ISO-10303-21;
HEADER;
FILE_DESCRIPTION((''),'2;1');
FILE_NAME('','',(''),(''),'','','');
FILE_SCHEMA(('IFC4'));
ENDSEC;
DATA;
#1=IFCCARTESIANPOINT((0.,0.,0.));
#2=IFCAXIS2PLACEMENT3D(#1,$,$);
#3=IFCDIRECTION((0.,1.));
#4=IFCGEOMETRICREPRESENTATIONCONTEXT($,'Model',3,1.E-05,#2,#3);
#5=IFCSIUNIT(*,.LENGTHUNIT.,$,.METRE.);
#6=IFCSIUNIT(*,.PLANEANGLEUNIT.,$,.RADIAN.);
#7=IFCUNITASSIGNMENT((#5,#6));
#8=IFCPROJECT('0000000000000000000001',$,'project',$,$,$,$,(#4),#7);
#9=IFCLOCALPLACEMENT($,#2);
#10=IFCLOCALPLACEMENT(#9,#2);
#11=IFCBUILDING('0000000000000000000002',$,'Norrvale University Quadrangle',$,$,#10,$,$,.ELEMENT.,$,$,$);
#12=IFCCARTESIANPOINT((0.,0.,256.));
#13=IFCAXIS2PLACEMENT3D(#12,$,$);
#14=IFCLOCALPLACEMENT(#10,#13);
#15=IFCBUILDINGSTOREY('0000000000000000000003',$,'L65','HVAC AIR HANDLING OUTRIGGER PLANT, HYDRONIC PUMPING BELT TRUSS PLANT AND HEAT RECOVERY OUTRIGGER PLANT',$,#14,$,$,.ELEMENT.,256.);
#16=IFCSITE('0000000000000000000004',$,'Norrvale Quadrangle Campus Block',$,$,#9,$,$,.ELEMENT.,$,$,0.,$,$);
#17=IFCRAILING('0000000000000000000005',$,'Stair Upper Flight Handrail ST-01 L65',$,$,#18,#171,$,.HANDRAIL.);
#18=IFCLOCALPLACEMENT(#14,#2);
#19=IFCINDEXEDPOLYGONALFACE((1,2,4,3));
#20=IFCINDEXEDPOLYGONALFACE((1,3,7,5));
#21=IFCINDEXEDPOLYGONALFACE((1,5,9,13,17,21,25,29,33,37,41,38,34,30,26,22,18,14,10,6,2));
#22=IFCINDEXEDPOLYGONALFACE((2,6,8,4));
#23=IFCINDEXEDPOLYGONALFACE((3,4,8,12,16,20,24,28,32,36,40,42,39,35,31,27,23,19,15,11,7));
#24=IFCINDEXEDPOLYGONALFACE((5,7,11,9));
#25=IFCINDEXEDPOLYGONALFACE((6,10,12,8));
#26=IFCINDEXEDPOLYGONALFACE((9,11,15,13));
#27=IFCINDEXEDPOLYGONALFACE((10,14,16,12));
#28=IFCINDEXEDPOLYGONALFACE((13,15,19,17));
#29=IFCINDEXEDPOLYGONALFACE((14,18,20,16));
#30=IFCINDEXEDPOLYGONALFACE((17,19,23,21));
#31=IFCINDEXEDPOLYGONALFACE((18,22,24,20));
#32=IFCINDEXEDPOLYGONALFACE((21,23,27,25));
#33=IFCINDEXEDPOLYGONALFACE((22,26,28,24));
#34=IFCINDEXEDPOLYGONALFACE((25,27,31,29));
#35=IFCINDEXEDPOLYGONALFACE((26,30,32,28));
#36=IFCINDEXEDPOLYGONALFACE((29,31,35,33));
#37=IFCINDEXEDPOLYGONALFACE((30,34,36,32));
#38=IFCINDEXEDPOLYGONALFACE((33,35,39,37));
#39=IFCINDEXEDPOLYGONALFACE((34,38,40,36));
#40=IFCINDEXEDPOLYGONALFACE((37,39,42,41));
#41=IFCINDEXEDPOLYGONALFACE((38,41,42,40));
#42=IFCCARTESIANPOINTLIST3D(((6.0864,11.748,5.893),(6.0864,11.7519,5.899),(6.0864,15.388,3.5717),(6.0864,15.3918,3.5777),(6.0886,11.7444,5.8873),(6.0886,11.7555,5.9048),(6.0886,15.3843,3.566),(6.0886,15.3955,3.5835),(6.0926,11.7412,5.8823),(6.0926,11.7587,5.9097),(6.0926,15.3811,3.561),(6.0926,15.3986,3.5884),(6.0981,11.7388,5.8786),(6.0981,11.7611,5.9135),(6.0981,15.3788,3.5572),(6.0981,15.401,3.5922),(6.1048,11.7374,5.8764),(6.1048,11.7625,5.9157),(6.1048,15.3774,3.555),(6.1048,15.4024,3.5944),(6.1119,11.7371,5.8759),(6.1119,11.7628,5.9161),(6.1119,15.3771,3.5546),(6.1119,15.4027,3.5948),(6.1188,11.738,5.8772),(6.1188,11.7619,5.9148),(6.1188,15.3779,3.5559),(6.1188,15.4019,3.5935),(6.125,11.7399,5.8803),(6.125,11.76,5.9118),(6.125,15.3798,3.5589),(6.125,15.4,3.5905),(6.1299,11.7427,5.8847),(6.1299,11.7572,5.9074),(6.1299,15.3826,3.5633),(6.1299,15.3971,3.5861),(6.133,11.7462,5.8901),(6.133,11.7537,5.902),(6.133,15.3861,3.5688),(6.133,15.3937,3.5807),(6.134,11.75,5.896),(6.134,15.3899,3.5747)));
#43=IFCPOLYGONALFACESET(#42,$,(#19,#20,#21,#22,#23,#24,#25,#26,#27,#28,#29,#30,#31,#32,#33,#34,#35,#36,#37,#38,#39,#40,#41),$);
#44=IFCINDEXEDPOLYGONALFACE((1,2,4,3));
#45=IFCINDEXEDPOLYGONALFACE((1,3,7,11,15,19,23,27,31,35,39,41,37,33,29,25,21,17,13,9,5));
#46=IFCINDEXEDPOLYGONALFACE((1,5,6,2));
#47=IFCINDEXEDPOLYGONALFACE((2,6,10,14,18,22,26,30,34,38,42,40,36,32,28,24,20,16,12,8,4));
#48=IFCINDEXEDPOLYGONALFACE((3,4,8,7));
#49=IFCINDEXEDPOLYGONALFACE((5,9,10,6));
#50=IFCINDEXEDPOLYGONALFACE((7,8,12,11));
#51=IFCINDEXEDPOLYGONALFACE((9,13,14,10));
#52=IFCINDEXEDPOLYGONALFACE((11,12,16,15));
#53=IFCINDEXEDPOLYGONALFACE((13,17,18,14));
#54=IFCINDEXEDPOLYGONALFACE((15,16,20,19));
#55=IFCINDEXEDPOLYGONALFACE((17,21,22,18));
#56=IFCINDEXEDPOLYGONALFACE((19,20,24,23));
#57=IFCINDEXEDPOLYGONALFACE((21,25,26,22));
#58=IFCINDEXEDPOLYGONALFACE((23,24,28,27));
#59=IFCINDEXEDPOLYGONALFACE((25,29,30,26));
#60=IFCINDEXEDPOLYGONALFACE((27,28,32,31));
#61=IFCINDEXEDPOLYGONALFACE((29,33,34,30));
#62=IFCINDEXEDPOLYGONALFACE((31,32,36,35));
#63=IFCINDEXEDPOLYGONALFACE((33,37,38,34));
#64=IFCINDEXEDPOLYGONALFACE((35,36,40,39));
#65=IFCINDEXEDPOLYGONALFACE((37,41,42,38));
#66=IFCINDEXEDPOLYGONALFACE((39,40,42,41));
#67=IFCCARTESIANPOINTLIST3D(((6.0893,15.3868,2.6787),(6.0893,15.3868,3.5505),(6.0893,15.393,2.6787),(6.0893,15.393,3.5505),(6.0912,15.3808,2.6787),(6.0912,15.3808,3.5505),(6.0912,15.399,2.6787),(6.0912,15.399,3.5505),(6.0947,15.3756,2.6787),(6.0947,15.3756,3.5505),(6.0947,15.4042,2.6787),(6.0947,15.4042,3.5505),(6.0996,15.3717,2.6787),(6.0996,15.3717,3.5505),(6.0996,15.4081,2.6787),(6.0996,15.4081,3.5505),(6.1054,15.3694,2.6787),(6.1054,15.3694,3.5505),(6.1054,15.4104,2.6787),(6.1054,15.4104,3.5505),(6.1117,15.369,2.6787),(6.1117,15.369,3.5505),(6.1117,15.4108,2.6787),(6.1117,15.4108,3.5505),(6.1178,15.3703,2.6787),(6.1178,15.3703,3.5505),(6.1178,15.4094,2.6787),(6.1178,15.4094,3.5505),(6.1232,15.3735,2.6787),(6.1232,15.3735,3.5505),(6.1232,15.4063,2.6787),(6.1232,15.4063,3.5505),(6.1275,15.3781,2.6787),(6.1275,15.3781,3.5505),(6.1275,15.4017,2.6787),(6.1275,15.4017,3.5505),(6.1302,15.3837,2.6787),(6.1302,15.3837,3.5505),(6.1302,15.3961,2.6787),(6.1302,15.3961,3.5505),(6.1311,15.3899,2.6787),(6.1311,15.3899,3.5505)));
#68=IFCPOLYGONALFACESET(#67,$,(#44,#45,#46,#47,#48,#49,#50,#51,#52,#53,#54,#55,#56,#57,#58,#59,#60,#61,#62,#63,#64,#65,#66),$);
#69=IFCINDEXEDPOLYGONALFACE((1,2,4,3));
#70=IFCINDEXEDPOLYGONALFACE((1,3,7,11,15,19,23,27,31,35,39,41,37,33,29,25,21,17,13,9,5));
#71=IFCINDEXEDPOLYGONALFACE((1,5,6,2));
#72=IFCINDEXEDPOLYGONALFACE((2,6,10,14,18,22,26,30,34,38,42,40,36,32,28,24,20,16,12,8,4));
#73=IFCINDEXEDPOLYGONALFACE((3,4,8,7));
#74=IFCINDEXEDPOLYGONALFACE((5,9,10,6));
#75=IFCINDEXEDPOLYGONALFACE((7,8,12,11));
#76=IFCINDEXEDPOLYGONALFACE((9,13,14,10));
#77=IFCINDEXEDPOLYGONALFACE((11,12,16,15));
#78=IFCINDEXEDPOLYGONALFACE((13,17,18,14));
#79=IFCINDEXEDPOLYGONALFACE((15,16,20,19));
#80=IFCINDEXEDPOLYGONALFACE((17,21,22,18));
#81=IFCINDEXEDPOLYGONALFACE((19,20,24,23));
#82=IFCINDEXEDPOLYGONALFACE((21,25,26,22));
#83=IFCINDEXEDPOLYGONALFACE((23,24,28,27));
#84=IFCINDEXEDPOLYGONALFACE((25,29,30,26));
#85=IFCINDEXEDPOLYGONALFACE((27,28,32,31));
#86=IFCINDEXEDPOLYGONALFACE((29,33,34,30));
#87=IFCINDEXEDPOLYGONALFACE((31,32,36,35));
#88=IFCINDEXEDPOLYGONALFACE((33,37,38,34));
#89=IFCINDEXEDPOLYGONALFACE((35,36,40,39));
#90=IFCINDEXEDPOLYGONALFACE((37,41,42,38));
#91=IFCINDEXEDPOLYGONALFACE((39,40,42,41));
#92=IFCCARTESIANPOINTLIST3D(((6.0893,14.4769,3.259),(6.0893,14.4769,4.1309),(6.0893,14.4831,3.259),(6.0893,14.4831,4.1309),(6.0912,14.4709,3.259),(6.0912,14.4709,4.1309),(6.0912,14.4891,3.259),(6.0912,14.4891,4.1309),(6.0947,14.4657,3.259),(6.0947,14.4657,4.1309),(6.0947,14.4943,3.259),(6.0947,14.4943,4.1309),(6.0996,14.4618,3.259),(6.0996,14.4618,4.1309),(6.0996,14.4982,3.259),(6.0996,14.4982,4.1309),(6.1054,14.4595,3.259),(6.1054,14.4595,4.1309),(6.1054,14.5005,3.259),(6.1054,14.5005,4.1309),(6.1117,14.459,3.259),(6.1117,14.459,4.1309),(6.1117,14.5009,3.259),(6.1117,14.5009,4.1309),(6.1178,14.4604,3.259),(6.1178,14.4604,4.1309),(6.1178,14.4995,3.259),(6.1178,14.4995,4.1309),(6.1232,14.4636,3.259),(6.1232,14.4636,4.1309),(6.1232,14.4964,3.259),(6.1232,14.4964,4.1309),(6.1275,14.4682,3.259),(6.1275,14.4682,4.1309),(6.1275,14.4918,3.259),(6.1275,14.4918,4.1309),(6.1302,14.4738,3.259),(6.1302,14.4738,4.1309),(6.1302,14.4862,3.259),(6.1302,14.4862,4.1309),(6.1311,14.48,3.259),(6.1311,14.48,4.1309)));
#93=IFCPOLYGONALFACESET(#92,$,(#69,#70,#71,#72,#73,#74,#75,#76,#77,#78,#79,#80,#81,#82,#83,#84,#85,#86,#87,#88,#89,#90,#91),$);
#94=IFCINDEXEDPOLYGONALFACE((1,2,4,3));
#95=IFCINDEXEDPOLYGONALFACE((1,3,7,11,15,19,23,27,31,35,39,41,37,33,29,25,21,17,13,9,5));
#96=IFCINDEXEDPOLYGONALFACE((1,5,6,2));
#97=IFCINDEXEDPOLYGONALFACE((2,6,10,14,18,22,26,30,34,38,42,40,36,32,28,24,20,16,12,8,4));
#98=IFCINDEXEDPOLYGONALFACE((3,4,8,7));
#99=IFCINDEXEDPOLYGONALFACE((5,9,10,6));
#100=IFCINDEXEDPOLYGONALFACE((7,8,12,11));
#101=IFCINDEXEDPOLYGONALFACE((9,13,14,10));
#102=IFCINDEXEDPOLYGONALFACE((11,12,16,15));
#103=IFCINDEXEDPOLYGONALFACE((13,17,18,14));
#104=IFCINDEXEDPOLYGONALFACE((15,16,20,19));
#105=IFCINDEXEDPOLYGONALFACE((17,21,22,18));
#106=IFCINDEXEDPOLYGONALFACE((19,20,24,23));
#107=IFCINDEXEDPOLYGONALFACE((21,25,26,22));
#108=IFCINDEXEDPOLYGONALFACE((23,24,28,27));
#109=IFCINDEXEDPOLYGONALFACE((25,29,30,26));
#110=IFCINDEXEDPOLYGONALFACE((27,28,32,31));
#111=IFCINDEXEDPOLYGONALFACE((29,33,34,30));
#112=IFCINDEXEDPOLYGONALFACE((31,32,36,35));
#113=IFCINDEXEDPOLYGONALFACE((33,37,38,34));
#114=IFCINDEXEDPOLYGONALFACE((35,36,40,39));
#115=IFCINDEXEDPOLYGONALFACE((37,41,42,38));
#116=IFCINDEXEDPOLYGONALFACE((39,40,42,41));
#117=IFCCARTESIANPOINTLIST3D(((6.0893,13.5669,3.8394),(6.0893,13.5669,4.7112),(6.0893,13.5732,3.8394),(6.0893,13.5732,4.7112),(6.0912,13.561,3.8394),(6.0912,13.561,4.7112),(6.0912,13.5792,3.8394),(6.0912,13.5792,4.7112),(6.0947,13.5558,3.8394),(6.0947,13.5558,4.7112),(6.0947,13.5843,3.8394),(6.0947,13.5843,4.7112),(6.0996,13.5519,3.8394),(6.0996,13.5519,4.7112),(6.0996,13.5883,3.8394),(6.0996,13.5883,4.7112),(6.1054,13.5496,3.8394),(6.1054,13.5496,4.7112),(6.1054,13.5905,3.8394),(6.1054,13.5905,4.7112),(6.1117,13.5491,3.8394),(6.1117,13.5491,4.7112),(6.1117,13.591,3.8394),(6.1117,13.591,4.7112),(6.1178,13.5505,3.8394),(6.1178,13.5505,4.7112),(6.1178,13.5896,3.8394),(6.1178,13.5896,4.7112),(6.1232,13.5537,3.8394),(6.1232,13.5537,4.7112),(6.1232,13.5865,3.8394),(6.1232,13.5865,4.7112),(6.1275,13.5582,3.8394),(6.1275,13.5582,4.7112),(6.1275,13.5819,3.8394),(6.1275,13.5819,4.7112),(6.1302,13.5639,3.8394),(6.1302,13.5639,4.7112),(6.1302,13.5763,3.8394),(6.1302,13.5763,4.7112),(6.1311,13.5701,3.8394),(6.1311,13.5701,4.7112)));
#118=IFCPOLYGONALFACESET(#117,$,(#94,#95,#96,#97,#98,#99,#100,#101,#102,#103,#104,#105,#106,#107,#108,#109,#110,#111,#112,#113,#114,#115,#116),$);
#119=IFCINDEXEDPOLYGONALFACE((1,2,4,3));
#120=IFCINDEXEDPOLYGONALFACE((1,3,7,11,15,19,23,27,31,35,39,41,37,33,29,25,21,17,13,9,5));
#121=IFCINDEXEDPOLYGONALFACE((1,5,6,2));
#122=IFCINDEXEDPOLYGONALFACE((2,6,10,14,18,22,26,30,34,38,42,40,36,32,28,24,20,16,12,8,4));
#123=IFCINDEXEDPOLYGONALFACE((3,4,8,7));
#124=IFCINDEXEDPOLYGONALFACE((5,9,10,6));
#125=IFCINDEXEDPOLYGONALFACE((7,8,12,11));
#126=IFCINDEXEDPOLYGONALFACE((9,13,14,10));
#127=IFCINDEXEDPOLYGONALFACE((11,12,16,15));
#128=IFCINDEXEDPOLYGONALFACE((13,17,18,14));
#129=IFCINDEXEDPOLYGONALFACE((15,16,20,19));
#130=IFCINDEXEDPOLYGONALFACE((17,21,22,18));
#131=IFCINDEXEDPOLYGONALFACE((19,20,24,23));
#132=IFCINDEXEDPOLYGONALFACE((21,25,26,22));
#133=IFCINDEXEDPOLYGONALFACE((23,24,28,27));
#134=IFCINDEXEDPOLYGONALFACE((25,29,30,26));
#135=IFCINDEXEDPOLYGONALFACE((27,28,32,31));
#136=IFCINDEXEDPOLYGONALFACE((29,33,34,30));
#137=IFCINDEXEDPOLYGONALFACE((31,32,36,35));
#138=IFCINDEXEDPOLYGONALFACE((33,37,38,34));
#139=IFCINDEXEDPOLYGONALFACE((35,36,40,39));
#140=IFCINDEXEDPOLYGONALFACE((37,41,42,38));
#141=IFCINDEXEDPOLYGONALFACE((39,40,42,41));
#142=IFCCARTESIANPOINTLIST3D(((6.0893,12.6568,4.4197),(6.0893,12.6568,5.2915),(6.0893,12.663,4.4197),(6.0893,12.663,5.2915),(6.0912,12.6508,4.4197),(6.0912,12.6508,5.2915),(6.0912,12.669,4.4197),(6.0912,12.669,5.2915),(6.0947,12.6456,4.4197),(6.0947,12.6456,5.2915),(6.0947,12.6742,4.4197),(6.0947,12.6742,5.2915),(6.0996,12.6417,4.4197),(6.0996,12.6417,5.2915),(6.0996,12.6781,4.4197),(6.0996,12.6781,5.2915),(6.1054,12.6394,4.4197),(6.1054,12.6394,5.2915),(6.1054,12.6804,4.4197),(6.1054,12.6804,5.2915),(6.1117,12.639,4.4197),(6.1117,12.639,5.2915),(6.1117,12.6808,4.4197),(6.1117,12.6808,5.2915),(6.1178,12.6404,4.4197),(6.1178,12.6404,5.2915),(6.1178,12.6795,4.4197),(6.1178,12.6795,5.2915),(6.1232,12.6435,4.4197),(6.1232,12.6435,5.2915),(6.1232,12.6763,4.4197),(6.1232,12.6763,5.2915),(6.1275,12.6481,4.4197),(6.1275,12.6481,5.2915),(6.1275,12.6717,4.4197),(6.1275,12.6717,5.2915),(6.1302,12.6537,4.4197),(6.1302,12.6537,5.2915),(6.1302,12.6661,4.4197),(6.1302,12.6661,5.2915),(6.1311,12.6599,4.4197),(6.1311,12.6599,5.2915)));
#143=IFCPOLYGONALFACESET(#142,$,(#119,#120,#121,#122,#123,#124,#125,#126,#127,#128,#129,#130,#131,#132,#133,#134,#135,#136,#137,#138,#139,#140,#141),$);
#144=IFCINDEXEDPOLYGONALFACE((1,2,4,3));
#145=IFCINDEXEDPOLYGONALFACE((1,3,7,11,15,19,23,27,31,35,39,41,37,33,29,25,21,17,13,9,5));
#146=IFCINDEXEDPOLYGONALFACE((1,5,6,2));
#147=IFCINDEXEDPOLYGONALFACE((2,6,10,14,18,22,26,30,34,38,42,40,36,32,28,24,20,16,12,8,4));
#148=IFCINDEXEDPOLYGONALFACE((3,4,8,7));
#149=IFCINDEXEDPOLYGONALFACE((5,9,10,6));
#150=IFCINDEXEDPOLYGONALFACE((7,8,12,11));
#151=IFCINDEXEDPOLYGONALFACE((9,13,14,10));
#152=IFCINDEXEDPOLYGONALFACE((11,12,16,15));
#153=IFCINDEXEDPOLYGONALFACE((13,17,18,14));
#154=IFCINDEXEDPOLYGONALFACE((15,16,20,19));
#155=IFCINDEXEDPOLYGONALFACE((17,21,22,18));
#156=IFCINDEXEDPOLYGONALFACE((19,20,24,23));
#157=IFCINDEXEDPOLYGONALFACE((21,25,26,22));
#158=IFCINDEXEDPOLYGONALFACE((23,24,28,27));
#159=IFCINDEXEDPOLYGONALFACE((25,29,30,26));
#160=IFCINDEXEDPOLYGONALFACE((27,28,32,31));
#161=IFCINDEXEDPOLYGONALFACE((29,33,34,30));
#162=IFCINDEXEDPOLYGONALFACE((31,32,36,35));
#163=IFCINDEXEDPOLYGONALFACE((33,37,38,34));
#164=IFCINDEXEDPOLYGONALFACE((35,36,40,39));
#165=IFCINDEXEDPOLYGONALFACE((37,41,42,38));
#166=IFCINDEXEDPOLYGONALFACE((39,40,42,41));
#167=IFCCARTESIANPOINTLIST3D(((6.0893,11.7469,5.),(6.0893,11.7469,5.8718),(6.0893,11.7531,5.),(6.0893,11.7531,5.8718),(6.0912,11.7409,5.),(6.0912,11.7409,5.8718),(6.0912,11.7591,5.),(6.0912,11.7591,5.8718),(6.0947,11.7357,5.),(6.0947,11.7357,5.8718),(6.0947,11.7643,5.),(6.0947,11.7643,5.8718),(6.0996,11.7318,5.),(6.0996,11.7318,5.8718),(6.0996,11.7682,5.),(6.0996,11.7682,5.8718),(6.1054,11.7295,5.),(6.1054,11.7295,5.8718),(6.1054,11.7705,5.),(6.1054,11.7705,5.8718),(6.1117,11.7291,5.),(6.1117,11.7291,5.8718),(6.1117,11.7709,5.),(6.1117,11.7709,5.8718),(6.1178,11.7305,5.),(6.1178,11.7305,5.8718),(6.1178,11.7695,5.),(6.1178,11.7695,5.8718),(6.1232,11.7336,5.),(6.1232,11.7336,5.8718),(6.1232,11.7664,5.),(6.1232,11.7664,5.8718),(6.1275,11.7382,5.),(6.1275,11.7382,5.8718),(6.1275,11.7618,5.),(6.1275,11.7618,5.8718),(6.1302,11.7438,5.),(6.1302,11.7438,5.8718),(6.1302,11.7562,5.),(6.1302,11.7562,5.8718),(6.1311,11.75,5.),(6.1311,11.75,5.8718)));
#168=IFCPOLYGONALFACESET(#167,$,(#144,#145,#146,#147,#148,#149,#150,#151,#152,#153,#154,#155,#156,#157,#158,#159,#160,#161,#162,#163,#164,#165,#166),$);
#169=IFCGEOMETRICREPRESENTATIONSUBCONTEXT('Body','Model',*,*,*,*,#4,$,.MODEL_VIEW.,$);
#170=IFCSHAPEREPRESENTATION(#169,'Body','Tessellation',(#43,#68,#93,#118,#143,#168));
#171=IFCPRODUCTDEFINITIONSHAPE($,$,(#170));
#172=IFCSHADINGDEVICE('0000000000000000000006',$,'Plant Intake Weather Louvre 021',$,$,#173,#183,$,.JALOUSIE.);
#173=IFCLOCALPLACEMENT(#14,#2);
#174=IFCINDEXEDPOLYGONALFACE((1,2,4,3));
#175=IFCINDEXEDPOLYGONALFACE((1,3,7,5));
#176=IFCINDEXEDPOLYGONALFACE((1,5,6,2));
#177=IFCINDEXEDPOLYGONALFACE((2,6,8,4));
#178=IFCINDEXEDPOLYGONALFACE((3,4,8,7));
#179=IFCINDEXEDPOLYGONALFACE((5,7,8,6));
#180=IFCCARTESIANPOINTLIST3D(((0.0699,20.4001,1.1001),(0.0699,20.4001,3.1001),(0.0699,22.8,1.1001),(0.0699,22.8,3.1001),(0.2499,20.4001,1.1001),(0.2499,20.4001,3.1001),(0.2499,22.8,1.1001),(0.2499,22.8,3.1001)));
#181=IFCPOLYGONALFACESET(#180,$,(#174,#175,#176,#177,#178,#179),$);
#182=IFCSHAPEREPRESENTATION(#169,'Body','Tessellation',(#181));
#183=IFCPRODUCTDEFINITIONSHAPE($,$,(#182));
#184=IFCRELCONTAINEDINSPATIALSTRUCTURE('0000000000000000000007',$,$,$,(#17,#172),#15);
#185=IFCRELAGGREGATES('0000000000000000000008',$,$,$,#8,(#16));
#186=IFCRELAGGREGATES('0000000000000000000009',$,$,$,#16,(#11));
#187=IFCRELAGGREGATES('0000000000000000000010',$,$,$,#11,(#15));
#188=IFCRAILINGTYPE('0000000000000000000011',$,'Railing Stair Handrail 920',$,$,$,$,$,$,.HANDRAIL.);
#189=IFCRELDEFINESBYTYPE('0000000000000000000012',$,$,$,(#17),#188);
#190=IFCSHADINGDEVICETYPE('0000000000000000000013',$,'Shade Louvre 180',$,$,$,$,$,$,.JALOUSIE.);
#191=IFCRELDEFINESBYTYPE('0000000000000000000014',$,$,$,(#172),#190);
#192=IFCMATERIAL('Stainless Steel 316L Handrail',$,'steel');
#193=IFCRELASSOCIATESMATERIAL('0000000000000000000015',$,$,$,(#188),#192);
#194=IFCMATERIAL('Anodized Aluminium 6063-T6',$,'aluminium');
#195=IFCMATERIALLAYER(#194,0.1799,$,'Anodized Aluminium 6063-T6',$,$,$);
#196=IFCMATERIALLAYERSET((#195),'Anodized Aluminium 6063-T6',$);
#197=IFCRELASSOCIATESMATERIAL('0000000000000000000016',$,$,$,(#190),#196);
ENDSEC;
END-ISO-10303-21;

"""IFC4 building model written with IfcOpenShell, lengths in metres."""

from ifc_helpers import new_model, si_unit, direction, frame, origin, origin_2d, place, context, subcontext, project, spatial, rectangle, circle, extrude, material, layer, layer_set, type_object, element, save


model = new_model("IFC4")

# Units and contexts
model_context = context("Model", 3, precision=1e-05, world=origin(), true_north=direction((0.0, 1.0)))
body_context = subcontext(model_context, "Body", "Model", "MODEL_VIEW")
ifc_project = project(units=[si_unit("LENGTHUNIT", "METRE"), si_unit("PLANEANGLEUNIT", "RADIAN")], contexts=[model_context])

# Site, building, storey
site_placement = place(None, origin())
site = spatial("IfcSite", under=ifc_project, at=site_placement, Name="Norrvale Quadrangle Campus Block", CompositionType="ELEMENT", RefElevation=0.0)
building_placement = place(site_placement, origin())
building = spatial("IfcBuilding", under=site, at=building_placement, Name="Norrvale University Quadrangle", CompositionType="ELEMENT")
storey_placement = place(building_placement, frame((0.0, 0.0, 256.0)))
storey = spatial("IfcBuildingStorey", under=building, at=storey_placement, Name="L65", Description="HVAC AIR HANDLING OUTRIGGER PLANT, HYDRONIC PUMPING BELT TRUSS PLANT AND HEAT RECOVERY OUTRIGGER PLANT", CompositionType="ELEMENT", Elevation=256.0)

# Railing
ifc_material_1 = material(Name="Stainless Steel 316L Handrail", Category="steel")
railing_type_1 = type_object("IfcRailingType", Name="Railing Stair Handrail 920", PredefinedType="HANDRAIL", material=ifc_material_1)
railing_1_placement = place(storey_placement, frame((6.1101, 15.3899, 2.6787)))
element("IfcRailing", 1, at=railing_1_placement, inside=storey, type_object=railing_type_1, Name="Stair Upper Flight Handrail ST-01 L65", PredefinedType="HANDRAIL", context=body_context, shape_type="SweptSolid", body=[
    extrude(circle(Radius=0.0239, at=origin_2d()), frame((0.0, 0.0, 0.896), z_axis=(0.0, -0.843137, 0.537699), x_axis=(1.0, 0.0, 0.0)), (0.0, 0.0, 1.0), 4.3171),
    extrude(circle(Radius=0.021, at=origin_2d()), origin(), (0.0, 0.0, 1.0), 0.8718),
    extrude(circle(Radius=0.021, at=origin_2d()), frame((0.0, -0.9099, 0.5803)), (0.0, 0.0, 1.0), 0.8718),
    extrude(circle(Radius=0.021, at=origin_2d()), frame((0.0, -1.8198, 1.1606)), (0.0, 0.0, 1.0), 0.8718),
    extrude(circle(Radius=0.021, at=origin_2d()), frame((0.0, -2.73, 1.741)), (0.0, 0.0, 1.0), 0.8718),
    extrude(circle(Radius=0.021, at=origin_2d()), frame((0.0, -3.6399, 2.3213)), (0.0, 0.0, 1.0), 0.8718),
])

# Shading device
ifc_material_2 = material(Name="Anodized Aluminium 6063-T6", Category="aluminium")
ifc_layer_1 = layer(ifc_material_2, 0.1799, Name="Anodized Aluminium 6063-T6")
ifc_layer_set_1 = layer_set([ifc_layer_1], Name="Anodized Aluminium 6063-T6")
shading_device_type = type_object("IfcShadingDeviceType", Name="Shade Louvre 180", PredefinedType="JALOUSIE", material=ifc_layer_set_1)
shading_device_placement = place(storey_placement, frame((0.1599, 21.6001, 1.1001), z_axis=(0.0, 0.0, 1.0), x_axis=(0.0, -1.0, 0.0)))
element("IfcShadingDevice", 2, at=shading_device_placement, inside=storey, type_object=shading_device_type, Name="Plant Intake Weather Louvre 021", PredefinedType="JALOUSIE", context=body_context, shape_type="SweptSolid", body=[
    extrude(rectangle(XDim=2.3999, YDim=0.1799, at=origin_2d()), origin(), (0.0, 0.0, 1.0), 2.0),
])

save(model, "model.ifc")
